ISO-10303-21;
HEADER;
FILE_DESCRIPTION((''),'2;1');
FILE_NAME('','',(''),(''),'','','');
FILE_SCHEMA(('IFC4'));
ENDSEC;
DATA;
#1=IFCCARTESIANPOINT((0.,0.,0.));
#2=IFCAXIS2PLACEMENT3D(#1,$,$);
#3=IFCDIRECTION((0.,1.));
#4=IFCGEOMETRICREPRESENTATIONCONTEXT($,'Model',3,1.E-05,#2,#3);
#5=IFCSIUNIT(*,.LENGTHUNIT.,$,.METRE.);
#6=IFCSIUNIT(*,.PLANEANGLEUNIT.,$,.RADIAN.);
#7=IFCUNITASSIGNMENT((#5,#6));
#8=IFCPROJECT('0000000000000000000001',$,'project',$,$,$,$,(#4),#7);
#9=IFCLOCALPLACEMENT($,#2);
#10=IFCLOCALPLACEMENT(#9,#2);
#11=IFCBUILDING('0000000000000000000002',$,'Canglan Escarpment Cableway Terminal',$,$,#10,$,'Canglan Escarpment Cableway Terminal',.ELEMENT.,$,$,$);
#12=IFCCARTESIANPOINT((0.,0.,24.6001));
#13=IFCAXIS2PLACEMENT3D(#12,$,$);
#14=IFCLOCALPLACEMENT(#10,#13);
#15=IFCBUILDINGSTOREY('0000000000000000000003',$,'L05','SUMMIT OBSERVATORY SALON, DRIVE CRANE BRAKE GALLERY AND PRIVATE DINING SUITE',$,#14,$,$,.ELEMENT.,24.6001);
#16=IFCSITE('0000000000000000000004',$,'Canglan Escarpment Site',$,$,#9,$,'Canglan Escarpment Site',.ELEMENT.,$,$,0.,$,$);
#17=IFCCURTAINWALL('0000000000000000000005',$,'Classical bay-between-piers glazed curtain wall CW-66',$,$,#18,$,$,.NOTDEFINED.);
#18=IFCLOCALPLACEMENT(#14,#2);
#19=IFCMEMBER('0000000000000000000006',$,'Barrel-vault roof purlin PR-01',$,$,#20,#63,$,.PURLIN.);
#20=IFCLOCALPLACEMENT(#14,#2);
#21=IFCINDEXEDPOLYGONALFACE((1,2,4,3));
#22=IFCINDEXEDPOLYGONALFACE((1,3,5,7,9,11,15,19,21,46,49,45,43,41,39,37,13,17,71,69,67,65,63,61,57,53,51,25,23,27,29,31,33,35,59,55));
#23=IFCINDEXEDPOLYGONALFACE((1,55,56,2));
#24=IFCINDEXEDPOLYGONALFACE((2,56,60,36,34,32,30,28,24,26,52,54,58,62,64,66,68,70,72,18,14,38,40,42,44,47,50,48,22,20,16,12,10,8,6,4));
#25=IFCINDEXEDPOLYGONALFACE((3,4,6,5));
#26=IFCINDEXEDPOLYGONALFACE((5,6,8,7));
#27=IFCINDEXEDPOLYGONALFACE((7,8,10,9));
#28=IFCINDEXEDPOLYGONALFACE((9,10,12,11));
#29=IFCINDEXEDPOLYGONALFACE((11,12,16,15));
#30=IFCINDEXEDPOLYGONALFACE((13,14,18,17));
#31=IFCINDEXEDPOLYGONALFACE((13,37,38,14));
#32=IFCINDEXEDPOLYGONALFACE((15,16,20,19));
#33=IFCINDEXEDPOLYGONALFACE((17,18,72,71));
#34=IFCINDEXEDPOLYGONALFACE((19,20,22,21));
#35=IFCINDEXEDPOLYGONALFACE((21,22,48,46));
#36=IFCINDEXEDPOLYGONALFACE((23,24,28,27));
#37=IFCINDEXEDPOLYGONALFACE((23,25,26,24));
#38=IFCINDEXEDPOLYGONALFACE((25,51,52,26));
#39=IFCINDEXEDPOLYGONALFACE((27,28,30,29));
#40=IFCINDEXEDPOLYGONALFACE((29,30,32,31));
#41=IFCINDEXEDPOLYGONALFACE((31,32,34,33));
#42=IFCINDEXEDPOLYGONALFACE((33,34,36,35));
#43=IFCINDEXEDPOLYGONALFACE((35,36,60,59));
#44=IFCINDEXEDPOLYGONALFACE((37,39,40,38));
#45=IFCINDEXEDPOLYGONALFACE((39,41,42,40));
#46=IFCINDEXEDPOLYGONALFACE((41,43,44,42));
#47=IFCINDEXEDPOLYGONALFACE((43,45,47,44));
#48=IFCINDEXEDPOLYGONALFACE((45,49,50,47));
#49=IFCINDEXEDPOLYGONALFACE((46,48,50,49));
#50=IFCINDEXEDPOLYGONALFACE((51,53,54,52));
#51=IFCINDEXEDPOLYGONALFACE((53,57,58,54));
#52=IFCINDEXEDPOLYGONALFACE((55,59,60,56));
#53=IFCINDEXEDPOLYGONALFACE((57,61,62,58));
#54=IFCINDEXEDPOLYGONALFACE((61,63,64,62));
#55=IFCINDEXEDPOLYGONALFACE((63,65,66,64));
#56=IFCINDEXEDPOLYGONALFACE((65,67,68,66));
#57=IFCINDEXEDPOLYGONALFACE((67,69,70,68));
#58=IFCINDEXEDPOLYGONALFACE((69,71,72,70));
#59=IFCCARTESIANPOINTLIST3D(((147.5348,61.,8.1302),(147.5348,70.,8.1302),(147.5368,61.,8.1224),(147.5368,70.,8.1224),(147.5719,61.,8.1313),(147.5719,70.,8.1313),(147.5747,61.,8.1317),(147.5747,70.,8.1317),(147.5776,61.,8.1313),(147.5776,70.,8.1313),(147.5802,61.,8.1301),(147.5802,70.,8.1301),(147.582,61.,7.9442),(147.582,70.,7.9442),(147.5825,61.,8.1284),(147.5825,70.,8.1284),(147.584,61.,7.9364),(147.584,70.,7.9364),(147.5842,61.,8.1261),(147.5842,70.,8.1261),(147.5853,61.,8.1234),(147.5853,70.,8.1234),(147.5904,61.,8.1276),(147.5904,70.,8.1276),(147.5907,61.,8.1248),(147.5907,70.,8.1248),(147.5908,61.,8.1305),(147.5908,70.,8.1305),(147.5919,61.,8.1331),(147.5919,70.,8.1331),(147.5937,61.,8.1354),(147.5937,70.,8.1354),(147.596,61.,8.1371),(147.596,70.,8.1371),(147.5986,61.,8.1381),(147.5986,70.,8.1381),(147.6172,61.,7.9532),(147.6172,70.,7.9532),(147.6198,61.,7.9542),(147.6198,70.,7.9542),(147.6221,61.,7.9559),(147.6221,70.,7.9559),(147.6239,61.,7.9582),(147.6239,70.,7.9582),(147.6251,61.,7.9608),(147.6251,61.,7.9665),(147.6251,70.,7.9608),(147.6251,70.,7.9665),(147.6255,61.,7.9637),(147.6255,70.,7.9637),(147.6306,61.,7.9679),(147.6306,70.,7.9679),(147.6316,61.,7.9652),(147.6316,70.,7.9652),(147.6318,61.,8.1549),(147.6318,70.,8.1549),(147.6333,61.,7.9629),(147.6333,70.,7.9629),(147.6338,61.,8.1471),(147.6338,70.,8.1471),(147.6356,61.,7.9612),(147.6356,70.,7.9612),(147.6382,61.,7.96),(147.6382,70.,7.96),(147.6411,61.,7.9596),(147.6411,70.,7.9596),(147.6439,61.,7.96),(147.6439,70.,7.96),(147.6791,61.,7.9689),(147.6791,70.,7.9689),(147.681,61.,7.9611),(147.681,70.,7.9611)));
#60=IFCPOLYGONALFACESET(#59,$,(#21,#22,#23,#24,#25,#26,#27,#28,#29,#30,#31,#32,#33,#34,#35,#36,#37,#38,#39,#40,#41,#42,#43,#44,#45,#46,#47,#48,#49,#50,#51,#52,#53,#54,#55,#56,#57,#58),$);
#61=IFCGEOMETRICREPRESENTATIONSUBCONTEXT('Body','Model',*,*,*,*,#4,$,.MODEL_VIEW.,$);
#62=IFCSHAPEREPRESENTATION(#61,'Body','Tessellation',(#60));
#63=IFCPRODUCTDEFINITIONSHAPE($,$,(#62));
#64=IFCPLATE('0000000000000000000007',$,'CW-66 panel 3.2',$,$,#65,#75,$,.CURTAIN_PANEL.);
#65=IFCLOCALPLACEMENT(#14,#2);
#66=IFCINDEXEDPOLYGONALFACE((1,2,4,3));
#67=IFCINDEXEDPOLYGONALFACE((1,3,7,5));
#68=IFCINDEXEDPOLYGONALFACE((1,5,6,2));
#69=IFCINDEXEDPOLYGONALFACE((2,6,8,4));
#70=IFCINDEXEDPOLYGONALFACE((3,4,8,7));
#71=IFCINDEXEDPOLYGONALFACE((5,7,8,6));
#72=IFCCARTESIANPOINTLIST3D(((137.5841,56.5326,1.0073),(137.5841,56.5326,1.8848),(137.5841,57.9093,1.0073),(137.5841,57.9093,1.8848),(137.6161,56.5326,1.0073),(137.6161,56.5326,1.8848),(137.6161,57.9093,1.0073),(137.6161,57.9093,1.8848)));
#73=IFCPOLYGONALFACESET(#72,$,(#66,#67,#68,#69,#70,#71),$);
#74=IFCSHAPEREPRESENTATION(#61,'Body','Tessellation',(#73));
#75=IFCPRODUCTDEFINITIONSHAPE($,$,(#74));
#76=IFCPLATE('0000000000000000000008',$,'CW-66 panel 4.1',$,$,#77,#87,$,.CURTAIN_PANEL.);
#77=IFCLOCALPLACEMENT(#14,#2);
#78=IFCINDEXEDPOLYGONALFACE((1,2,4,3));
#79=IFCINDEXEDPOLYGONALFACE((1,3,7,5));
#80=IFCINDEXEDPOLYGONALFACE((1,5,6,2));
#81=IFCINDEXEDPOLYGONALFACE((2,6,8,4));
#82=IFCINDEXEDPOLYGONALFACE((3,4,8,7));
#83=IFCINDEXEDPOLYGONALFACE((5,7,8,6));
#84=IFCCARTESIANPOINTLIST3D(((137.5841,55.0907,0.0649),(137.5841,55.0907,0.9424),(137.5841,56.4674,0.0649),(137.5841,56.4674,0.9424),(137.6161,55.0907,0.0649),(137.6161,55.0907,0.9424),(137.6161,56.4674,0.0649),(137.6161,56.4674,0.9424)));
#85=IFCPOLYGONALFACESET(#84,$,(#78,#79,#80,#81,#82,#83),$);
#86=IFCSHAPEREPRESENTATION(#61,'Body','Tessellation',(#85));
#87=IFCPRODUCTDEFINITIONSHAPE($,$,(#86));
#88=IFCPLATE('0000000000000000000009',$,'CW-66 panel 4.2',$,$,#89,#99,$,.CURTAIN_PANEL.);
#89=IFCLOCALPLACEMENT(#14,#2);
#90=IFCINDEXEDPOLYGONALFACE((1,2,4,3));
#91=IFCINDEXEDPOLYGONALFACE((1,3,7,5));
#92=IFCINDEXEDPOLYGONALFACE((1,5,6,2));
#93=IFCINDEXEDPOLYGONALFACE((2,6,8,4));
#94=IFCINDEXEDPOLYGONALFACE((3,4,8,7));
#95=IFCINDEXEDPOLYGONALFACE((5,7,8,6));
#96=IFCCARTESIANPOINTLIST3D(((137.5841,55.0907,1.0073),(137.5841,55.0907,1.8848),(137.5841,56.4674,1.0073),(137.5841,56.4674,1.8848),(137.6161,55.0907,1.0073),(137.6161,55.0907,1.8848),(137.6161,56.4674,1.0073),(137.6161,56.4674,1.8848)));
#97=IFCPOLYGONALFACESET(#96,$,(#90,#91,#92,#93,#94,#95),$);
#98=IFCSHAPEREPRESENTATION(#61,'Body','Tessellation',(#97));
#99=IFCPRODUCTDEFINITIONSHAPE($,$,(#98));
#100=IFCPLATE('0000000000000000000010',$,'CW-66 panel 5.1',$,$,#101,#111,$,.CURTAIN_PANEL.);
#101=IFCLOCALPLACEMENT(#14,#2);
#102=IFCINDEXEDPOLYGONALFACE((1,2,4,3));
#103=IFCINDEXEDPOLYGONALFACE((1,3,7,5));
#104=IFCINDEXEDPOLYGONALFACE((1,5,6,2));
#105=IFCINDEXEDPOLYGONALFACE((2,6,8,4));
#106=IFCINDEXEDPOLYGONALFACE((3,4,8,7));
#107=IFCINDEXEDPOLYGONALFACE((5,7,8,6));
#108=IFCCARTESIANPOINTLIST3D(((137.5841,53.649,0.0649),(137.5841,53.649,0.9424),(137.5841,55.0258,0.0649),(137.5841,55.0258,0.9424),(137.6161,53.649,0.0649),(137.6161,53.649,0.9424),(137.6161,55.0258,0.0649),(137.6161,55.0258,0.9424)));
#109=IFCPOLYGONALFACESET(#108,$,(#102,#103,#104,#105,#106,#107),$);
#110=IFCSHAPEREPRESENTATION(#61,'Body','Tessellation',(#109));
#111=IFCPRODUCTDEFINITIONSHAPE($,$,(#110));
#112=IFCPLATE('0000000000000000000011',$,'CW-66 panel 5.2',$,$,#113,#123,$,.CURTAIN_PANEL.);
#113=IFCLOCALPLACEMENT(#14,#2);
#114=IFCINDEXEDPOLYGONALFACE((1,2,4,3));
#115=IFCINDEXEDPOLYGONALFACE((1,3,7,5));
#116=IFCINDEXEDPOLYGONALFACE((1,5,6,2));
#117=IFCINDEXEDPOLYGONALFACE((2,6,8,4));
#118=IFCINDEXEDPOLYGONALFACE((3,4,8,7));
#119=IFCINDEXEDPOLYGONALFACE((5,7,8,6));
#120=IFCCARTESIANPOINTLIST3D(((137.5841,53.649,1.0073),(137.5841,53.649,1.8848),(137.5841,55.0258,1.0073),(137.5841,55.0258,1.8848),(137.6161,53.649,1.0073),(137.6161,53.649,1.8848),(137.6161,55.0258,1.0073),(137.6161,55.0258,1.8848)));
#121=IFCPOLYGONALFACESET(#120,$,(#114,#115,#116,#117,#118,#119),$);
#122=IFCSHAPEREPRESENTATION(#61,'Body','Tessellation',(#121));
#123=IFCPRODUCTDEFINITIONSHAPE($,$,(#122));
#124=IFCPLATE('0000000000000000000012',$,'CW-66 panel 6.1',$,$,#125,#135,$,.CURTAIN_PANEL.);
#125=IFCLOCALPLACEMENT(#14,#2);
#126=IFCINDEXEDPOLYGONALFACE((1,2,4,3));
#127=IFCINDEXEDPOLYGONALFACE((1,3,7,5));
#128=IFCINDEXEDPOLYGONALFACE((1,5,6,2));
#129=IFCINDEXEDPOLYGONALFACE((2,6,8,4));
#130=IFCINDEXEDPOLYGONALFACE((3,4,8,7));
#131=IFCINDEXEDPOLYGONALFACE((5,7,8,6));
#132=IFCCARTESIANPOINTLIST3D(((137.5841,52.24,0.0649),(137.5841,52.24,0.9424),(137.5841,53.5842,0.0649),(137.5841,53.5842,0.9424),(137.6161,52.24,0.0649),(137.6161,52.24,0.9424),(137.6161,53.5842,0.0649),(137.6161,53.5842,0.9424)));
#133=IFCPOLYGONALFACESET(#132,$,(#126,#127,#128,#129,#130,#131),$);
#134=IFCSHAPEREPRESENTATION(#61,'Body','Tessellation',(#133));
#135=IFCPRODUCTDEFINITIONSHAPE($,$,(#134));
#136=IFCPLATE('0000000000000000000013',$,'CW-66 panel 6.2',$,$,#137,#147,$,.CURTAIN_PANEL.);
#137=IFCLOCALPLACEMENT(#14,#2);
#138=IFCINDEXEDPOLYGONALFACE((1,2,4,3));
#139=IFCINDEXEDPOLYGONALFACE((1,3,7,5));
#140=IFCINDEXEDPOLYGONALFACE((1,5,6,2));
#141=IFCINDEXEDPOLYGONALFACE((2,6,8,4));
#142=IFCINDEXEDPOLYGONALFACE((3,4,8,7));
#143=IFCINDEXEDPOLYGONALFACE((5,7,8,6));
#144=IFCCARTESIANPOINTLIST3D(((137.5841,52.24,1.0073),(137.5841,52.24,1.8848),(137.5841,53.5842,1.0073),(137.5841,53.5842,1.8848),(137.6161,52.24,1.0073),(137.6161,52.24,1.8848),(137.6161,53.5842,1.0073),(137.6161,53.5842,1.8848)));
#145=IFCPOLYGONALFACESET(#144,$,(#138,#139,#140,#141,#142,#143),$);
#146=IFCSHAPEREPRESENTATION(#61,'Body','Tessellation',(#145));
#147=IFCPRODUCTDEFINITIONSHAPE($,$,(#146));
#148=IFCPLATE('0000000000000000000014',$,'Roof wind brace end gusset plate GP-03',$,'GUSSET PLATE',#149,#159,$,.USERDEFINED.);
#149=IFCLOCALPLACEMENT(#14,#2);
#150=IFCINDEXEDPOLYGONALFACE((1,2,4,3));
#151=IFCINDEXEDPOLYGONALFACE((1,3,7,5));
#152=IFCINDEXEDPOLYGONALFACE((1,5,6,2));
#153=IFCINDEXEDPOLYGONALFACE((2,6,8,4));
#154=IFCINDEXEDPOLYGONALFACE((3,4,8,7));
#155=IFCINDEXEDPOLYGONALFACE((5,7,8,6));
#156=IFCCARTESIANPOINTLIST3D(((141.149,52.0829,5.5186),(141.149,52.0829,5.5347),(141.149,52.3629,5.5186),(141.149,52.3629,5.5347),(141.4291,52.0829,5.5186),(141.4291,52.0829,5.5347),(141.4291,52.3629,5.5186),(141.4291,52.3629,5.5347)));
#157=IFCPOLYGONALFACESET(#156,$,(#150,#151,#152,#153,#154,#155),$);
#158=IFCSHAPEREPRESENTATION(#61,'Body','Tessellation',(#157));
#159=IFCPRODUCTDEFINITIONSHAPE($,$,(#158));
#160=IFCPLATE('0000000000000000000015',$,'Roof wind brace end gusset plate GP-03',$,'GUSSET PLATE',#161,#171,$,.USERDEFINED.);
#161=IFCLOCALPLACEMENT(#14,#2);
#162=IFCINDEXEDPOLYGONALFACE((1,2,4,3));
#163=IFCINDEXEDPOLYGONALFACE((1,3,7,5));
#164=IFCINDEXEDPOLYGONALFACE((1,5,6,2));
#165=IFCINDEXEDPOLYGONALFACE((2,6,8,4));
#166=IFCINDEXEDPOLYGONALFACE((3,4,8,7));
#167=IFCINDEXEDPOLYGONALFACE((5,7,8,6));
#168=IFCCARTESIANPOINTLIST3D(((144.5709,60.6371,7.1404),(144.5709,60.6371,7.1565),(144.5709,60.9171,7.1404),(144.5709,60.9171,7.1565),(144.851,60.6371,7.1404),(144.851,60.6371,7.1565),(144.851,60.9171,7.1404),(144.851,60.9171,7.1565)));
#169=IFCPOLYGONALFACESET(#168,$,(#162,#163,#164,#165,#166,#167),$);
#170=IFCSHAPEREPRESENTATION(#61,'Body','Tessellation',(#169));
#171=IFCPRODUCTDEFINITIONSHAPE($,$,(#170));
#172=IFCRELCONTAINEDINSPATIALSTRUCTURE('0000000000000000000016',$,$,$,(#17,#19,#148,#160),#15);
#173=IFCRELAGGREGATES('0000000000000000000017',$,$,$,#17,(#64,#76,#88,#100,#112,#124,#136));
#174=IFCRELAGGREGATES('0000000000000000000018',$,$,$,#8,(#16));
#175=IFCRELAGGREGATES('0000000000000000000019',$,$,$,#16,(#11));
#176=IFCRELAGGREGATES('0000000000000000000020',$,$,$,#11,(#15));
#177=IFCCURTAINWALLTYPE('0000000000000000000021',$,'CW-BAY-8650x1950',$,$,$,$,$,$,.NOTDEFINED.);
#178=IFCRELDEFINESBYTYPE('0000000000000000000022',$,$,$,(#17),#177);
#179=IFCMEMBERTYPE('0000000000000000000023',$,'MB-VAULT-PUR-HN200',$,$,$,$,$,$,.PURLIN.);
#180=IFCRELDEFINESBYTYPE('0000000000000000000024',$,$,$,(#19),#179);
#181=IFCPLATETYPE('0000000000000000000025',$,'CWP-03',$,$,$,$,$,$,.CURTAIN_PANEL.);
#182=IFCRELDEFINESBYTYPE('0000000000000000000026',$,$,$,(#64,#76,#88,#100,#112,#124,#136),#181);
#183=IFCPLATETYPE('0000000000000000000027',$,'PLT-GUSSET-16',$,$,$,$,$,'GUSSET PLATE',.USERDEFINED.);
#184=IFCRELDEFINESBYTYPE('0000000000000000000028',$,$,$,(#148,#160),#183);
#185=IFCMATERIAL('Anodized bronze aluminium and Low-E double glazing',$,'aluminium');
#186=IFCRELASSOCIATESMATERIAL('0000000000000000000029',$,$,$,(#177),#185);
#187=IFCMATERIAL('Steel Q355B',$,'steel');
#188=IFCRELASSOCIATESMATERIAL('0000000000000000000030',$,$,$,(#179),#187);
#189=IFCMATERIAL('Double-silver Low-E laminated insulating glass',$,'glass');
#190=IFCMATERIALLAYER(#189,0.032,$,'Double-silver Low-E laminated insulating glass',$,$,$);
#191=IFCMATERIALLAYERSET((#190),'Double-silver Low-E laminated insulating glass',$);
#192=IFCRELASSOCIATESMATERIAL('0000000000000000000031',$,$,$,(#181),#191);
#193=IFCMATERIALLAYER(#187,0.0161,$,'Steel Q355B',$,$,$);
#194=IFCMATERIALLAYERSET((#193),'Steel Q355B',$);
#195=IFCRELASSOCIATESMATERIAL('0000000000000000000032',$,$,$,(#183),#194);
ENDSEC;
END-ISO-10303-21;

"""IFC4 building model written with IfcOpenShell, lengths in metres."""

from ifc_helpers import new_model, si_unit, direction, frame, origin, origin_2d, place, context, subcontext, project, spatial, rectangle, i_section, extrude, material, layer, layer_set, material_profile, profile_set, type_object, element, aggregate, save


model = new_model("IFC4")

# Units and contexts
model_context = context("Model", 3, precision=1e-05, world=origin(), true_north=direction((0.0, 1.0)))
body_context = subcontext(model_context, "Body", "Model", "MODEL_VIEW")
ifc_project = project(units=[si_unit("LENGTHUNIT", "METRE"), si_unit("PLANEANGLEUNIT", "RADIAN")], contexts=[model_context])

# Site, building, storey
site_placement = place(None, origin())
site = spatial("IfcSite", under=ifc_project, at=site_placement, Name="Canglan Escarpment Site", LongName="Canglan Escarpment Site", CompositionType="ELEMENT", RefElevation=0.0)
building_placement = place(site_placement, origin())
building = spatial("IfcBuilding", under=site, at=building_placement, Name="Canglan Escarpment Cableway Terminal", LongName="Canglan Escarpment Cableway Terminal", CompositionType="ELEMENT")
storey_placement = place(building_placement, frame((0.0, 0.0, 24.6001)))
storey = spatial("IfcBuildingStorey", under=building, at=storey_placement, Name="L05", Description="SUMMIT OBSERVATORY SALON, DRIVE CRANE BRAKE GALLERY AND PRIVATE DINING SUITE", CompositionType="ELEMENT", Elevation=24.6001)

# Shared definitions
ifc_material_1 = material(Name="Steel Q355B", Category="steel")

# Curtain wall
ifc_material_2 = material(Name="Anodized bronze aluminium and Low-E double glazing", Category="aluminium")
curtain_wall_type = type_object("IfcCurtainWallType", Name="CW-BAY-8650x1950", PredefinedType="NOTDEFINED", material=ifc_material_2)
curtain_wall_placement = place(storey_placement, origin())
curtain_wall = element("IfcCurtainWall", 1, at=curtain_wall_placement, inside=storey, type_object=curtain_wall_type, Name="Classical bay-between-piers glazed curtain wall CW-66", PredefinedType="NOTDEFINED")

# Member
ifc_material_profile_1 = material_profile(ifc_material_1, i_section(OverallWidth=0.1001, OverallDepth=0.2, WebThickness=0.0056, FlangeThickness=0.0081, FilletRadius=0.011, at=origin_2d()), Name="HN 200x100x5.5x8")
ifc_profile_set_1 = profile_set([ifc_material_profile_1], Name="Steel Q355B")
member_type_1 = type_object("IfcMemberType", Name="MB-VAULT-PUR-HN200", PredefinedType="PURLIN", material=ifc_profile_set_1)
for number, where, z_axis, x_axis, name in (
    (2, (147.6079, 61.0, 8.0457), (0.0, 1.0, 0.0), (-0.969184, 0.0, -0.246339), "Barrel-vault roof purlin PR-01"),
):
    element("IfcMember", number, at=place(storey_placement, frame(where, z_axis=z_axis, x_axis=x_axis)), inside=storey, type_object=member_type_1, Name=name, PredefinedType="PURLIN", context=body_context, shape_type="SweptSolid", body=[
        extrude(i_section(OverallWidth=0.1001, OverallDepth=0.2, WebThickness=0.0056, FlangeThickness=0.0081, FilletRadius=0.011, at=origin_2d()), origin(), (0.0, 0.0, 1.0), 9.0),
    ])

# Plates
ifc_material_3 = material(Name="Double-silver Low-E laminated insulating glass", Category="glass")
ifc_layer_1 = layer(ifc_material_3, 0.032, Name="Double-silver Low-E laminated insulating glass")
ifc_layer_set_1 = layer_set([ifc_layer_1], Name="Double-silver Low-E laminated insulating glass")
plate_type_1 = type_object("IfcPlateType", Name="CWP-03", PredefinedType="CURTAIN_PANEL", material=ifc_layer_set_1)
plate_1_placement = place(storey_placement, frame((137.6001, 57.2209, 1.0073), z_axis=(0.0, 0.0, 1.0), x_axis=(0.0, -1.0, 0.0)))
plate_1 = element("IfcPlate", 3, at=plate_1_placement, type_object=plate_type_1, Name="CW-66 panel 3.2", PredefinedType="CURTAIN_PANEL", context=body_context, shape_type="SweptSolid", body=[
    extrude(rectangle(XDim=1.3767, YDim=0.032, at=origin_2d()), origin(), (0.0, 0.0, 1.0), 0.8774),
])
plate_2_placement = place(storey_placement, frame((137.6001, 55.7791, 0.0649), z_axis=(0.0, 0.0, 1.0), x_axis=(0.0, -1.0, 0.0)))
plate_2 = element("IfcPlate", 4, at=plate_2_placement, type_object=plate_type_1, Name="CW-66 panel 4.1", PredefinedType="CURTAIN_PANEL", context=body_context, shape_type="SweptSolid", body=[
    extrude(rectangle(XDim=1.3767, YDim=0.032, at=origin_2d()), origin(), (0.0, 0.0, 1.0), 0.8774),
])
plate_3_placement = place(storey_placement, frame((137.6001, 55.7791, 1.0073), z_axis=(0.0, 0.0, 1.0), x_axis=(0.0, -1.0, 0.0)))
plate_3 = element("IfcPlate", 5, at=plate_3_placement, type_object=plate_type_1, Name="CW-66 panel 4.2", PredefinedType="CURTAIN_PANEL", context=body_context, shape_type="SweptSolid", body=[
    extrude(rectangle(XDim=1.3767, YDim=0.032, at=origin_2d()), origin(), (0.0, 0.0, 1.0), 0.8774),
])
plate_4_placement = place(storey_placement, frame((137.6001, 54.3374, 0.0649), z_axis=(0.0, 0.0, 1.0), x_axis=(0.0, -1.0, 0.0)))
plate_4 = element("IfcPlate", 6, at=plate_4_placement, type_object=plate_type_1, Name="CW-66 panel 5.1", PredefinedType="CURTAIN_PANEL", context=body_context, shape_type="SweptSolid", body=[
    extrude(rectangle(XDim=1.3767, YDim=0.032, at=origin_2d()), origin(), (0.0, 0.0, 1.0), 0.8774),
])
plate_5_placement = place(storey_placement, frame((137.6001, 54.3374, 1.0073), z_axis=(0.0, 0.0, 1.0), x_axis=(0.0, -1.0, 0.0)))
plate_5 = element("IfcPlate", 7, at=plate_5_placement, type_object=plate_type_1, Name="CW-66 panel 5.2", PredefinedType="CURTAIN_PANEL", context=body_context, shape_type="SweptSolid", body=[
    extrude(rectangle(XDim=1.3767, YDim=0.032, at=origin_2d()), origin(), (0.0, 0.0, 1.0), 0.8774),
])
plate_6_placement = place(storey_placement, frame((137.6001, 52.9121, 0.0649), z_axis=(0.0, 0.0, 1.0), x_axis=(0.0, -1.0, 0.0)))
plate_6 = element("IfcPlate", 8, at=plate_6_placement, type_object=plate_type_1, Name="CW-66 panel 6.1", PredefinedType="CURTAIN_PANEL", context=body_context, shape_type="SweptSolid", body=[
    extrude(rectangle(XDim=1.3442, YDim=0.032, at=origin_2d()), origin(), (0.0, 0.0, 1.0), 0.8774),
])
plate_7_placement = place(storey_placement, frame((137.6001, 52.9121, 1.0073), z_axis=(0.0, 0.0, 1.0), x_axis=(0.0, -1.0, 0.0)))
plate_7 = element("IfcPlate", 9, at=plate_7_placement, type_object=plate_type_1, Name="CW-66 panel 6.2", PredefinedType="CURTAIN_PANEL", context=body_context, shape_type="SweptSolid", body=[
    extrude(rectangle(XDim=1.3442, YDim=0.032, at=origin_2d()), origin(), (0.0, 0.0, 1.0), 0.8774),
])
aggregate(curtain_wall, [plate_1, plate_2, plate_3, plate_4, plate_5, plate_6, plate_7])

# Plates
ifc_layer_2 = layer(ifc_material_1, 0.0161, Name="Steel Q355B")
ifc_layer_set_2 = layer_set([ifc_layer_2], Name="Steel Q355B")
plate_type_2 = type_object("IfcPlateType", Name="PLT-GUSSET-16", ElementType="GUSSET PLATE", PredefinedType="USERDEFINED", material=ifc_layer_set_2)
for number, where, z_axis, x_axis, name in (
    (10, (141.2891, 52.2229, 5.5186), (0.0, 0.0, 1.0), (1.0, 0.0, 0.0), "Roof wind brace end gusset plate GP-03"),
    (11, (144.7109, 60.7771, 7.1404), (0.0, 0.0, 1.0), (1.0, 0.0, 0.0), "Roof wind brace end gusset plate GP-03"),
):
    element("IfcPlate", number, at=place(storey_placement, frame(where, z_axis=z_axis, x_axis=x_axis)), inside=storey, type_object=plate_type_2, Name=name, ObjectType="GUSSET PLATE", PredefinedType="USERDEFINED", context=body_context, shape_type="SweptSolid", body=[
        extrude(rectangle(XDim=0.28, YDim=0.28, at=origin_2d()), origin(), (0.0, 0.0, 1.0), 0.0161),
    ])

save(model, "model.ifc")
